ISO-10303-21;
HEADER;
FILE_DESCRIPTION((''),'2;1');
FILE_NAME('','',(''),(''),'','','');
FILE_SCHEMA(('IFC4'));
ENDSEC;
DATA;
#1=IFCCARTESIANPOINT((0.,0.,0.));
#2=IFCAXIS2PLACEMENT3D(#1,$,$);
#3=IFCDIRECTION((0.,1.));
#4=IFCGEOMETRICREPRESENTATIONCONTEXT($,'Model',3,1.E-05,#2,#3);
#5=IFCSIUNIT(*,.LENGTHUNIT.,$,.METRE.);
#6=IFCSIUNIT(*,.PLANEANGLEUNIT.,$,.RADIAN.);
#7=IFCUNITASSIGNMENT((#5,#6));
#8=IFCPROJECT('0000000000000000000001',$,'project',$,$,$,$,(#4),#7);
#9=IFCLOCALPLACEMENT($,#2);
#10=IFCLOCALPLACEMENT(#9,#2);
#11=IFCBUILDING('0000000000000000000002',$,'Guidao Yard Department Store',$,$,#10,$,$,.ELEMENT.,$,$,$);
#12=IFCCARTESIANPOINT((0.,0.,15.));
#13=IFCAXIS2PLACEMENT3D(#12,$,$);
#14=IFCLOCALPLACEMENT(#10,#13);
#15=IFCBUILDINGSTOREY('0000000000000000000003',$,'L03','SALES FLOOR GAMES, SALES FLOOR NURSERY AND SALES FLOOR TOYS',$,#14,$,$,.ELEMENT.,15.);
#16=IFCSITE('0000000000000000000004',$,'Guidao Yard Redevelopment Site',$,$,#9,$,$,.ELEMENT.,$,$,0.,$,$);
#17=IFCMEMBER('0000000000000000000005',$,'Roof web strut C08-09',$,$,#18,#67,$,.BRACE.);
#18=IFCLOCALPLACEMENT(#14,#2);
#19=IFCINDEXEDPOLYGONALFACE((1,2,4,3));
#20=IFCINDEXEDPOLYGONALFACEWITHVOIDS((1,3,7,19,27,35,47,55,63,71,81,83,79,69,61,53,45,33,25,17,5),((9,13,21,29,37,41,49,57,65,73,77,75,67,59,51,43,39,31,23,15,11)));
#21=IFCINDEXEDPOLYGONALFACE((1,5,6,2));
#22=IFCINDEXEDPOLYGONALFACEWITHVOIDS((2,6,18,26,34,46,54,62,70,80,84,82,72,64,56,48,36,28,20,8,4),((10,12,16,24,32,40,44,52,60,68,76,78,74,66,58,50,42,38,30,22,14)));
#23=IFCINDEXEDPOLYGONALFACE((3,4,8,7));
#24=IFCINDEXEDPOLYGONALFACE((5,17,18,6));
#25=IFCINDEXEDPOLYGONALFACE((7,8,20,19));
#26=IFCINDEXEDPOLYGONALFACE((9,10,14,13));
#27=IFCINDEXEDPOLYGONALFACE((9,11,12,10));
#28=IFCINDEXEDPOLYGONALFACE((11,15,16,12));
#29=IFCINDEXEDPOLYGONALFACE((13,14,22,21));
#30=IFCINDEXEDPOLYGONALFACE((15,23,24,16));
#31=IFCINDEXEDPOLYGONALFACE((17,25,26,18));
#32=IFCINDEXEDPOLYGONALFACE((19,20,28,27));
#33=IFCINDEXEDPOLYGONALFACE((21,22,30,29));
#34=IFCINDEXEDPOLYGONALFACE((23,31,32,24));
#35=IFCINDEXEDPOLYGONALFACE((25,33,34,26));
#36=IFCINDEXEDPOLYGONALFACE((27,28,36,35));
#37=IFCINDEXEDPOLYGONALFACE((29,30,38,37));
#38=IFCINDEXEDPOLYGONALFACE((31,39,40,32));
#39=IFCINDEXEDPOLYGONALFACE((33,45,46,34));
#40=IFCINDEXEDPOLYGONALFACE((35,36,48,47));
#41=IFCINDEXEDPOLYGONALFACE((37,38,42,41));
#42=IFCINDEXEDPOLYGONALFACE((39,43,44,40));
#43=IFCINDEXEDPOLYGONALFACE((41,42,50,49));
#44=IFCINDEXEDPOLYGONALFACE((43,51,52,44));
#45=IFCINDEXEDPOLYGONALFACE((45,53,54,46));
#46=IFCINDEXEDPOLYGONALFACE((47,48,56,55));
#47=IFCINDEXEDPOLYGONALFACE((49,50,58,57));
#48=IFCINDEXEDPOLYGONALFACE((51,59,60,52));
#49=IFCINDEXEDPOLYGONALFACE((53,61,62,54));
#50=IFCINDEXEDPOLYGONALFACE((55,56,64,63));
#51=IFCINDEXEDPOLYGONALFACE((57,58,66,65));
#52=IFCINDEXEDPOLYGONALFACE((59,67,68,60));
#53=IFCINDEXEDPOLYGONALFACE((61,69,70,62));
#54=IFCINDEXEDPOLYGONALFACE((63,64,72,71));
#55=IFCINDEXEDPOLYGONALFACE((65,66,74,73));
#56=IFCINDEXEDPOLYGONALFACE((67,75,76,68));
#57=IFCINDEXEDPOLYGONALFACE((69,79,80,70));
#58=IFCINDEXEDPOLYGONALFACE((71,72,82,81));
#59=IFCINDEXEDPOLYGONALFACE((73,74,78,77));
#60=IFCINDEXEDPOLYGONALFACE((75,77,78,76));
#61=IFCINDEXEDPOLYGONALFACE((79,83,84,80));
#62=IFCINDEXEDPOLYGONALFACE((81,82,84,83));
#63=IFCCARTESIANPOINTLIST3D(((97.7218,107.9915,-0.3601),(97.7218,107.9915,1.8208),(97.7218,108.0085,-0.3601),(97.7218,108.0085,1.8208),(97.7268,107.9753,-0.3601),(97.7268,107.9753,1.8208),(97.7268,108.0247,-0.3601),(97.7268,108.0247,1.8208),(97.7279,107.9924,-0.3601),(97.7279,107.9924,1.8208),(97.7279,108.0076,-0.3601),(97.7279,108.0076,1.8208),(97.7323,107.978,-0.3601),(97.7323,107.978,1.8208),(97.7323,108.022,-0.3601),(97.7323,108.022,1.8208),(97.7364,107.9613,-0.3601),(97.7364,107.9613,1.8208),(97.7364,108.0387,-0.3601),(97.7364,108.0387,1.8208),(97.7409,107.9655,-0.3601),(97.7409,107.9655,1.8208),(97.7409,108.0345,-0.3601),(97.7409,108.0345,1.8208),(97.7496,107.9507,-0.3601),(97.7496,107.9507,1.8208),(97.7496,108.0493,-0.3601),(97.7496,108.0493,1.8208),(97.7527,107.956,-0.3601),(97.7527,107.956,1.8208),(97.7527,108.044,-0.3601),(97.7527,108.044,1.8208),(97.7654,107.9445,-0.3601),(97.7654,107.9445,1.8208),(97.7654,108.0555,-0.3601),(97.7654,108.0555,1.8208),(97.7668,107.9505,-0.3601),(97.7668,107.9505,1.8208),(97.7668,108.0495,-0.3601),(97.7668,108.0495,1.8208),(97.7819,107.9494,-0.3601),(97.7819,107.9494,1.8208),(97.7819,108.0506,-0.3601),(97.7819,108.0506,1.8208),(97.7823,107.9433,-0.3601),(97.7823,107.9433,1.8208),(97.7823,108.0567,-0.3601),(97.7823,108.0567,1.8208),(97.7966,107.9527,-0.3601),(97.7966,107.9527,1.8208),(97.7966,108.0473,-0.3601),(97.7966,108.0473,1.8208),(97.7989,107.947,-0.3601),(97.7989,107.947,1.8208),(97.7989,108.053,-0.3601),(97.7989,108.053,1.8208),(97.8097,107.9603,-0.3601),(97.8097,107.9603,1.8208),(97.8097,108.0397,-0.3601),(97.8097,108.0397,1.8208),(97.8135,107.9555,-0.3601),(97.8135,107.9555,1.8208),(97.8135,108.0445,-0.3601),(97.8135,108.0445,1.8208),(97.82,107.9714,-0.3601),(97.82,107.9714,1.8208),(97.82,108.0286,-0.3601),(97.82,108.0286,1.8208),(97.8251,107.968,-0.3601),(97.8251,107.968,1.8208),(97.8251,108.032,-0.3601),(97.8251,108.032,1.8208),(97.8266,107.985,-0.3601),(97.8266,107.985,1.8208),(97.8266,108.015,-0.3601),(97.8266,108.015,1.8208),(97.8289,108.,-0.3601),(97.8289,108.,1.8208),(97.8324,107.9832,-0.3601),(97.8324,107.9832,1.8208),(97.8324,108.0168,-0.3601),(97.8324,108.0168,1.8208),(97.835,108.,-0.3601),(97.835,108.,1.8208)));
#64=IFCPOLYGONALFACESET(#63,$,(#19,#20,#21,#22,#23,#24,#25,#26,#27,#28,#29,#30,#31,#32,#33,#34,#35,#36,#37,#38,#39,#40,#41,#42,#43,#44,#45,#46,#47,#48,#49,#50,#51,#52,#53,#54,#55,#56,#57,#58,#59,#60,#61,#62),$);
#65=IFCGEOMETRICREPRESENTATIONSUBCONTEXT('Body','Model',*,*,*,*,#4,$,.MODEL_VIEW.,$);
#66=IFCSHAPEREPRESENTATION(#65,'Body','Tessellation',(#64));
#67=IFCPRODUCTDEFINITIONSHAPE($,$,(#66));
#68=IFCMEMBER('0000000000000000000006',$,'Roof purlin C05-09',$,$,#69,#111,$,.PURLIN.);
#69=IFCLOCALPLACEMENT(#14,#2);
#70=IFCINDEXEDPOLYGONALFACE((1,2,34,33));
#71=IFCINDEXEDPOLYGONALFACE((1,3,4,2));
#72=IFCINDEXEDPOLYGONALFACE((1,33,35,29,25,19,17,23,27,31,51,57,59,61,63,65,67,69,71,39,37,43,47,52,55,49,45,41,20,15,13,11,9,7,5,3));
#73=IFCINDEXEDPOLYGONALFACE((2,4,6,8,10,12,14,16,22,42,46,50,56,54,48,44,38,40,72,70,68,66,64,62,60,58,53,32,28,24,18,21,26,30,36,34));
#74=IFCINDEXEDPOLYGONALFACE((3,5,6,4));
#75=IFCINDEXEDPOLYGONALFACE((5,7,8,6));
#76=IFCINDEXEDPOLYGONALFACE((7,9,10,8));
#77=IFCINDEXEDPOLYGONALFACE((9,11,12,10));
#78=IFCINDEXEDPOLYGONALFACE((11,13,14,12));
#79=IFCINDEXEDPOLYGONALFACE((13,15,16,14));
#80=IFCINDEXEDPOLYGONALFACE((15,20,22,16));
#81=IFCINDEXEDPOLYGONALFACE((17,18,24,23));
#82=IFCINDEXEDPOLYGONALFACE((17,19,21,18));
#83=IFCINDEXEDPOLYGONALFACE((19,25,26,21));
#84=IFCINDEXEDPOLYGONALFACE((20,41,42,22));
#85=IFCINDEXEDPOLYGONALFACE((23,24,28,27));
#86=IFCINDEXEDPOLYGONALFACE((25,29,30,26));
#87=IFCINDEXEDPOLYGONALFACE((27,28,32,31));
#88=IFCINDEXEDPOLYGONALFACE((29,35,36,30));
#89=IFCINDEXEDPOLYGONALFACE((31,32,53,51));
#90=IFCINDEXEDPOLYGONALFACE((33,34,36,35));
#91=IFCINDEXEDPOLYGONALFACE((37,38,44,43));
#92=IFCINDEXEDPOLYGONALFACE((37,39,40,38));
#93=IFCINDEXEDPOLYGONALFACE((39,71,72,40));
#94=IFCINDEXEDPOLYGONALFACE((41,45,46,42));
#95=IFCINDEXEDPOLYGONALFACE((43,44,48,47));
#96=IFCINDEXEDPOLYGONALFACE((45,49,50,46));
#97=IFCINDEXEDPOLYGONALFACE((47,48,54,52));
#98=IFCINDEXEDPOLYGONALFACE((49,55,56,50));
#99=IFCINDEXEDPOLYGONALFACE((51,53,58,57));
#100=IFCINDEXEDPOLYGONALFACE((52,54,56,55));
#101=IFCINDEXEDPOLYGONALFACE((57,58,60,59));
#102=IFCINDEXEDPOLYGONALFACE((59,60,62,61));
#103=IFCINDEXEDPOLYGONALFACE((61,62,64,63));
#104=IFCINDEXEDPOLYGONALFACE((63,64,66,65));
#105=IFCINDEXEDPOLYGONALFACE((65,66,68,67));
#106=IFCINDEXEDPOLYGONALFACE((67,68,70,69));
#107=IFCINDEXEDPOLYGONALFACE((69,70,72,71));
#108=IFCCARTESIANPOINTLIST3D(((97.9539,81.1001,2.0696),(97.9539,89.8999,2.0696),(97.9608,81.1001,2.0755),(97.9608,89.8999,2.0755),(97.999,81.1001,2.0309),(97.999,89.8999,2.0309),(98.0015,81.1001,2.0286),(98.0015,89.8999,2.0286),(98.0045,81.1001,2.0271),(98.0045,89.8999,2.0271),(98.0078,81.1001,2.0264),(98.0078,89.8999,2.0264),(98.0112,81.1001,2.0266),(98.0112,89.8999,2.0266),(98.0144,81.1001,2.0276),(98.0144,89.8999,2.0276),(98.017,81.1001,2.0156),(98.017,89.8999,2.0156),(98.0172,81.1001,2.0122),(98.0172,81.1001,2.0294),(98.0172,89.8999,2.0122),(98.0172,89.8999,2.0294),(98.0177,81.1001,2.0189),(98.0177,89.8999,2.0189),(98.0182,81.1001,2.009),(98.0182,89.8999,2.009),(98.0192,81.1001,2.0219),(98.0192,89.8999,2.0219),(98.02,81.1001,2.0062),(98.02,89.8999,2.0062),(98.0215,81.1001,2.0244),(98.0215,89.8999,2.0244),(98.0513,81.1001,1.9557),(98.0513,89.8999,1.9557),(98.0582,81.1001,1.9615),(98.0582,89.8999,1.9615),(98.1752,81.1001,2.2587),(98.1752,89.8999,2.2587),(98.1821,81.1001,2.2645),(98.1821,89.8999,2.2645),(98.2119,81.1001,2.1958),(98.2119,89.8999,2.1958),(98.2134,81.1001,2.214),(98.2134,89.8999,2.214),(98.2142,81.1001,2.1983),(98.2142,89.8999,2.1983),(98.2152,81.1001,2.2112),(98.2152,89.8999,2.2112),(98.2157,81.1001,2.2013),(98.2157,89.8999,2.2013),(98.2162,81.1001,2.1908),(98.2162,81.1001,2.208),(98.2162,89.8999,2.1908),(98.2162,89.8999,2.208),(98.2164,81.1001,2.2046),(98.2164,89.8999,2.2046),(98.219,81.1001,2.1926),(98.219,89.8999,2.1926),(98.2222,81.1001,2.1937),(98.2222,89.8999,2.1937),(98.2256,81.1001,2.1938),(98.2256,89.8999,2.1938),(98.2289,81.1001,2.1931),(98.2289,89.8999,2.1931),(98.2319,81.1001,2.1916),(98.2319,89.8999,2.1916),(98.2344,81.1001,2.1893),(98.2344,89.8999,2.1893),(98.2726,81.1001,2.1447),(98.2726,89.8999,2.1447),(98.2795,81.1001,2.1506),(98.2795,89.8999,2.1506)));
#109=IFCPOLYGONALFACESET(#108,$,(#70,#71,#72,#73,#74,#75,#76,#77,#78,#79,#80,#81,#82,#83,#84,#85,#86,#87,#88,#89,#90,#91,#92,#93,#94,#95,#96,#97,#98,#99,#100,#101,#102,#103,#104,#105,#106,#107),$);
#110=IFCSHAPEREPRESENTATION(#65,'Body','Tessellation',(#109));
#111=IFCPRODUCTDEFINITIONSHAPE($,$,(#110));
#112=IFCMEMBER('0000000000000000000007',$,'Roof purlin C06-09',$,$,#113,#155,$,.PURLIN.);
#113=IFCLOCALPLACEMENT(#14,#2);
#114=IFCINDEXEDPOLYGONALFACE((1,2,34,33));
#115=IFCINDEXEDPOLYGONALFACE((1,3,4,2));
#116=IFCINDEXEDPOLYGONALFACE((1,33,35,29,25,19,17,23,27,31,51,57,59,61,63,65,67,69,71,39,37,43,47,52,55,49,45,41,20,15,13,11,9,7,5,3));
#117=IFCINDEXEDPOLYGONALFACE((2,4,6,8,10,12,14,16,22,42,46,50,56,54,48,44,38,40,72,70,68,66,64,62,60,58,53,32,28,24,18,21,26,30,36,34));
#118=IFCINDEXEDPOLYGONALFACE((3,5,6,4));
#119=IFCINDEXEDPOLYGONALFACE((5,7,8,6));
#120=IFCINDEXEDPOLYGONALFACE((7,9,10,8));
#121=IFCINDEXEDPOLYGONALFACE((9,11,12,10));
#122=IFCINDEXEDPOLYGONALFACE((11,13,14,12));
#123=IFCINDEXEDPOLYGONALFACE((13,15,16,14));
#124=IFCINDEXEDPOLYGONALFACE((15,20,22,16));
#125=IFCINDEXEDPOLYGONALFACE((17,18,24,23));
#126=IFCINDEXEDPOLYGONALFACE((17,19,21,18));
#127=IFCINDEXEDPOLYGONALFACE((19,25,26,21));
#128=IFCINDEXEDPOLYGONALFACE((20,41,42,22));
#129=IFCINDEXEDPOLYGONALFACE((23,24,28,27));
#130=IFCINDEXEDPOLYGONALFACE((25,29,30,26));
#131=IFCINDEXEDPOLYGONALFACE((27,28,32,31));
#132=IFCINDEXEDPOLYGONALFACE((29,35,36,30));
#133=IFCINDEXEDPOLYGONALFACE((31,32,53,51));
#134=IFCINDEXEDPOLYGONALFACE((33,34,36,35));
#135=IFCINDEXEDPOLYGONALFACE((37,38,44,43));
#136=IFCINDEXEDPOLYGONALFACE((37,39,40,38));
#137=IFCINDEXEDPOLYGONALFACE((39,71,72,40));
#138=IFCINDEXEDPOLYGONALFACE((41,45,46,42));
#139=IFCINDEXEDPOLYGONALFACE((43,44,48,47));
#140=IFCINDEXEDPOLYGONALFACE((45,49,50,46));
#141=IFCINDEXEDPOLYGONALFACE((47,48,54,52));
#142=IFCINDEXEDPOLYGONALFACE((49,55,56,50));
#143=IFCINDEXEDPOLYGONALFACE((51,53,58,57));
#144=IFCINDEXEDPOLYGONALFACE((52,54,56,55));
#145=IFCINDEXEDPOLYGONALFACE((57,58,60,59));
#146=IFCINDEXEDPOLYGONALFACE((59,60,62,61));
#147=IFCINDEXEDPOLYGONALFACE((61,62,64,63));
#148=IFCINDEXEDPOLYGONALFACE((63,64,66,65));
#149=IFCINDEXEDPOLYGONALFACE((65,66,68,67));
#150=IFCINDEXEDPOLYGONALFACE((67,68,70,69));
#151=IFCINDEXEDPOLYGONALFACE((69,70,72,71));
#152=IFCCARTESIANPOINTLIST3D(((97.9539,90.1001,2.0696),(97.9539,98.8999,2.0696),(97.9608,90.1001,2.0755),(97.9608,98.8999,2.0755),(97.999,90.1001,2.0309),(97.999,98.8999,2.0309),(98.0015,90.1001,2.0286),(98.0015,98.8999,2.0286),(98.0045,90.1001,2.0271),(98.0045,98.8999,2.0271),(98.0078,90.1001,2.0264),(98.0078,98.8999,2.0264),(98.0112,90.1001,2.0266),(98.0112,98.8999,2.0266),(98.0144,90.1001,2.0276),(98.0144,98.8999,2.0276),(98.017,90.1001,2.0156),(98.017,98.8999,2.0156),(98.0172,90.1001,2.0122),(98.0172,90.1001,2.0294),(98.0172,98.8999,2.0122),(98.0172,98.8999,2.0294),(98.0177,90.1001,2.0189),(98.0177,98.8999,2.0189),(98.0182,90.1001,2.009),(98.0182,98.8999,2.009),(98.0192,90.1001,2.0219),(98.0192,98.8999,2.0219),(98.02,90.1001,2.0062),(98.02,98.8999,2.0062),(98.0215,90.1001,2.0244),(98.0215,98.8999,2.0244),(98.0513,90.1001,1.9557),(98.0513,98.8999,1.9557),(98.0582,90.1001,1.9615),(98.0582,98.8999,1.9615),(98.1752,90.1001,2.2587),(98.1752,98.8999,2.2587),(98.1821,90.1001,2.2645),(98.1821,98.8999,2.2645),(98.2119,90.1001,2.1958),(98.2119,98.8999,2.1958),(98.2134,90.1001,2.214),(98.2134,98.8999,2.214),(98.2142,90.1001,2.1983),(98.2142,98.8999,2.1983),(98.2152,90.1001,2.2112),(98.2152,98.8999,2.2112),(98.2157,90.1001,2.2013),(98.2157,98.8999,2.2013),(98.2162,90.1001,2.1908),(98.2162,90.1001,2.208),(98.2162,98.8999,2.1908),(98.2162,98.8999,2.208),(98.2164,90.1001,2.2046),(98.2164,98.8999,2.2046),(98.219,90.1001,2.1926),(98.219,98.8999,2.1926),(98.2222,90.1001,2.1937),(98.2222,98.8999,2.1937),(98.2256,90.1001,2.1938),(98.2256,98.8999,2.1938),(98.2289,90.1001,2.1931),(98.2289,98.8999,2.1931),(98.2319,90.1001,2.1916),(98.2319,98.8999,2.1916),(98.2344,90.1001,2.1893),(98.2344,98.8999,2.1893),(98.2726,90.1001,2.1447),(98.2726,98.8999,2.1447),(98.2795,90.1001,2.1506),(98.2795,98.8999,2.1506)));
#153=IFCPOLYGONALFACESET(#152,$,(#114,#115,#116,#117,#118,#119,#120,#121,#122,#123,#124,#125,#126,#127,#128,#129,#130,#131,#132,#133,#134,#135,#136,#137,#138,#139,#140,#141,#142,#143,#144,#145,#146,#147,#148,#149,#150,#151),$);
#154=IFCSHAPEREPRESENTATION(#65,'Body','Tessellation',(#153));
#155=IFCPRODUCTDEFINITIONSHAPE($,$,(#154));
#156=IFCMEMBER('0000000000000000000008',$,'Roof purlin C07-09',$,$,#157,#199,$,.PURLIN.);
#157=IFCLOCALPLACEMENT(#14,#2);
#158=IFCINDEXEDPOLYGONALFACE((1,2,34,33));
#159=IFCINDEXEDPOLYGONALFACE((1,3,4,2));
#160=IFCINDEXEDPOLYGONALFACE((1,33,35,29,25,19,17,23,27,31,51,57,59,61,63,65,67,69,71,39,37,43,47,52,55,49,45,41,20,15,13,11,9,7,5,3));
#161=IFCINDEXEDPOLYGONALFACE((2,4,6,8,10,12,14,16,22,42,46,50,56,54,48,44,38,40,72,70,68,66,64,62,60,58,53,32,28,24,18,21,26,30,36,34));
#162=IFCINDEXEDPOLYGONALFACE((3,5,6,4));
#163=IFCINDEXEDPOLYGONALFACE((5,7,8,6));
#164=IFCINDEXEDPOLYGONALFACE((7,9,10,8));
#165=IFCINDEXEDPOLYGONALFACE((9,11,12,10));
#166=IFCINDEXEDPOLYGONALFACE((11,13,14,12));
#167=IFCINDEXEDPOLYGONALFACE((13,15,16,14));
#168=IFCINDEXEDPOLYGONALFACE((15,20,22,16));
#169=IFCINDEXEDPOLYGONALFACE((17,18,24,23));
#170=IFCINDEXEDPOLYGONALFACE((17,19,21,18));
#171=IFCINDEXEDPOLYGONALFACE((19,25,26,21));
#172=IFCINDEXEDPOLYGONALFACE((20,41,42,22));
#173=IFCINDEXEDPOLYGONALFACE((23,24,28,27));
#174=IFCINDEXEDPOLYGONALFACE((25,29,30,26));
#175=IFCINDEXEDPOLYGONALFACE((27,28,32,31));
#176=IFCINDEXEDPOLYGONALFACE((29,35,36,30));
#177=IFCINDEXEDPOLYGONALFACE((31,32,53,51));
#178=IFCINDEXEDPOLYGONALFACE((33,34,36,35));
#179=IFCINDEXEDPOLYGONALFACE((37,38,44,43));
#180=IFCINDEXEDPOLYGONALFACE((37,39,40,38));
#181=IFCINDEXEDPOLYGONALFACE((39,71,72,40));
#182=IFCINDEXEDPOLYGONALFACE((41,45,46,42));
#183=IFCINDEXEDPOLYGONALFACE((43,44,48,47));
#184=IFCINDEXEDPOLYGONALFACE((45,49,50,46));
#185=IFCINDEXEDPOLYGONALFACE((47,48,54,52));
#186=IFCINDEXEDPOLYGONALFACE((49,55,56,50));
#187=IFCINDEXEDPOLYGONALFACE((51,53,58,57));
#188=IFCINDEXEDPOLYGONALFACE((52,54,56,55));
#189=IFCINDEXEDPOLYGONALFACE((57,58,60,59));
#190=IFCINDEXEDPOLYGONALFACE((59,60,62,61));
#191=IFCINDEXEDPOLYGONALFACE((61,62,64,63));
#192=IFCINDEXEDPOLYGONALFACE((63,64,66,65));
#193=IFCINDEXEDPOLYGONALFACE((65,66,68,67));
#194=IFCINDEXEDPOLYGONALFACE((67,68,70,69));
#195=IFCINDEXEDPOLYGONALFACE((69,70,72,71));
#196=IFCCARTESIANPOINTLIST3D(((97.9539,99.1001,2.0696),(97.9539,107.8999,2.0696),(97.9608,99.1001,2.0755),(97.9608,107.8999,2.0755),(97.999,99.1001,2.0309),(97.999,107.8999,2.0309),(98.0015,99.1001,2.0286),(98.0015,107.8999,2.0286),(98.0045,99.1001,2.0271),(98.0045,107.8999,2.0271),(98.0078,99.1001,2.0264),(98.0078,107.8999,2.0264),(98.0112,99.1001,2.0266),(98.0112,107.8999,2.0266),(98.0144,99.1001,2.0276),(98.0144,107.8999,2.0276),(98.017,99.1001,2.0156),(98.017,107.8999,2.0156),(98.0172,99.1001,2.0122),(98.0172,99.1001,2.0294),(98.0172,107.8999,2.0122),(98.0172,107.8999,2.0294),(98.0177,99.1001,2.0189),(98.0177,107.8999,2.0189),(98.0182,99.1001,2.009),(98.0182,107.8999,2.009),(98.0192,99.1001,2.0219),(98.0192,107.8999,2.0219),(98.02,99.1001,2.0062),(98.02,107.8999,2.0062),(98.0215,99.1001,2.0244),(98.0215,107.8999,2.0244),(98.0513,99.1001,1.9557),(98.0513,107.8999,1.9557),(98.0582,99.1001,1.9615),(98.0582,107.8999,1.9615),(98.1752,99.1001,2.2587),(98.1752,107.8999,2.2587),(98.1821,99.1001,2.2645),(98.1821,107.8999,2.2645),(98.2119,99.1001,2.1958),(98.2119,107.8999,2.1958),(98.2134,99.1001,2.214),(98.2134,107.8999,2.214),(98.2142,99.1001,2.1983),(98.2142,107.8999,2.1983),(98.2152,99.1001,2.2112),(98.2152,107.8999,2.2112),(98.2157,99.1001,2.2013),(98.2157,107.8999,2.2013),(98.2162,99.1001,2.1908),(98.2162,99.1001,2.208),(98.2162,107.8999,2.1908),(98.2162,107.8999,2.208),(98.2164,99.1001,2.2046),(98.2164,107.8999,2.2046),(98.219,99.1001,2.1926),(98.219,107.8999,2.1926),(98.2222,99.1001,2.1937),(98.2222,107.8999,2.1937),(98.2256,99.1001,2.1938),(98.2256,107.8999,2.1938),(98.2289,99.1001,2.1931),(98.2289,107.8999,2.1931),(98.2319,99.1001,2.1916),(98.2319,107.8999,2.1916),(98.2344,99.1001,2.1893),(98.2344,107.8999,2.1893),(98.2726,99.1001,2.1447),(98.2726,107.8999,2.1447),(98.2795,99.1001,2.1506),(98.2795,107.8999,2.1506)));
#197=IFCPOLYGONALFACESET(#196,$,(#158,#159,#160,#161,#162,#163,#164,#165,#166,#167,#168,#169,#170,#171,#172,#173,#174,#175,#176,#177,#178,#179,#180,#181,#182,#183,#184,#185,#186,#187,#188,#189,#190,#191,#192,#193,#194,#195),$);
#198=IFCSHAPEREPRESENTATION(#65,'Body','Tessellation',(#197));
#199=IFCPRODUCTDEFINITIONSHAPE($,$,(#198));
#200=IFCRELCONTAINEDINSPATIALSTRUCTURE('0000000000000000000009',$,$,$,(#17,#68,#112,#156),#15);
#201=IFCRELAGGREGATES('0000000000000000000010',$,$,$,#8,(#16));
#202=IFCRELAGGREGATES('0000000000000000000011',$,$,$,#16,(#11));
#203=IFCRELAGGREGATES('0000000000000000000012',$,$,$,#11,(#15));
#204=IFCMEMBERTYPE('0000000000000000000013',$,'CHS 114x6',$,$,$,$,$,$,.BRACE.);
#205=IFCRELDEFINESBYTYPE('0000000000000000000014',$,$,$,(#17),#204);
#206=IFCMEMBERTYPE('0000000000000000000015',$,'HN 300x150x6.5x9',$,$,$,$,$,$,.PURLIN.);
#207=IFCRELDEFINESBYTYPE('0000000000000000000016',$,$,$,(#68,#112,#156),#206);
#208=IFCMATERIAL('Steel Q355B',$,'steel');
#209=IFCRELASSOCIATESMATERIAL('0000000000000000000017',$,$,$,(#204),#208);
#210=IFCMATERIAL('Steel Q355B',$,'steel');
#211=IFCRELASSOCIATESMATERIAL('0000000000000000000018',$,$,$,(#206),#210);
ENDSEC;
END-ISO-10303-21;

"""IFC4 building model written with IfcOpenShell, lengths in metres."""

from ifc_helpers import new_model, si_unit, direction, frame, origin, origin_2d, place, context, subcontext, project, spatial, hollow_circle, i_section, extrude, material, material_profile, profile_set, type_object, element, save


model = new_model("IFC4")

# Units and contexts
model_context = context("Model", 3, precision=1e-05, world=origin(), true_north=direction((0.0, 1.0)))
body_context = subcontext(model_context, "Body", "Model", "MODEL_VIEW")
ifc_project = project(units=[si_unit("LENGTHUNIT", "METRE"), si_unit("PLANEANGLEUNIT", "RADIAN")], contexts=[model_context])

# Site, building, storey
site_placement = place(None, origin())
site = spatial("IfcSite", under=ifc_project, at=site_placement, Name="Guidao Yard Redevelopment Site", CompositionType="ELEMENT", RefElevation=0.0)
building_placement = place(site_placement, origin())
building = spatial("IfcBuilding", under=site, at=building_placement, Name="Guidao Yard Department Store", CompositionType="ELEMENT")
storey_placement = place(building_placement, frame((0.0, 0.0, 15.0)))
storey = spatial("IfcBuildingStorey", under=building, at=storey_placement, Name="L03", Description="SALES FLOOR GAMES, SALES FLOOR NURSERY AND SALES FLOOR TOYS", CompositionType="ELEMENT", Elevation=15.0)

# Members
ifc_material_1 = material(Name="Steel Q355B", Category="steel")
ifc_material_profile_1 = material_profile(ifc_material_1, hollow_circle(Radius=0.0569, WallThickness=0.0061, at=origin_2d()), Name="CHS 114x6")
ifc_profile_set_1 = profile_set([ifc_material_profile_1], Name="Steel Q355B")
member_type_1 = type_object("IfcMemberType", Name="CHS 114x6", PredefinedType="BRACE", material=ifc_profile_set_1)
member_placement = place(storey_placement, frame((97.7781, 108.0, -0.3601), z_axis=(0.0, 0.0, 1.0), x_axis=(1.0, 0.0, 0.0)))
element("IfcMember", 1, at=member_placement, inside=storey, type_object=member_type_1, Name="Roof web strut C08-09", PredefinedType="BRACE", context=body_context, shape_type="SweptSolid", body=[
    extrude(hollow_circle(Radius=0.0569, WallThickness=0.0061, at=origin_2d()), origin(), (0.0, 0.0, 1.0), 2.1809),
])
ifc_material_2 = material(Name="Steel Q355B", Category="steel")
ifc_material_profile_2 = material_profile(ifc_material_2, i_section(OverallWidth=0.1499, OverallDepth=0.3, WebThickness=0.0066, FlangeThickness=0.009, FilletRadius=0.0129, at=origin_2d()), Name="HN 300x150x6.5x9")
ifc_profile_set_2 = profile_set([ifc_material_profile_2], Name="Steel Q355B")
member_type_2 = type_object("IfcMemberType", Name="HN 300x150x6.5x9", PredefinedType="PURLIN", material=ifc_profile_set_2)
for number, where, z_axis, x_axis, name in (
    (2, (98.1167, 81.1001, 2.1101), (0.0, 1.0, 0.0), (-0.649537, 0.0, 0.76033), "Roof purlin C05-09"),
    (3, (98.1167, 90.1001, 2.1101), (0.0, 1.0, 0.0), (-0.649537, 0.0, 0.76033), "Roof purlin C06-09"),
    (4, (98.1167, 99.1001, 2.1101), (0.0, 1.0, 0.0), (-0.649537, 0.0, 0.76033), "Roof purlin C07-09"),
):
    element("IfcMember", number, at=place(storey_placement, frame(where, z_axis=z_axis, x_axis=x_axis)), inside=storey, type_object=member_type_2, Name=name, PredefinedType="PURLIN", context=body_context, shape_type="SweptSolid", body=[
        extrude(i_section(OverallWidth=0.1499, OverallDepth=0.3, WebThickness=0.0066, FlangeThickness=0.009, FilletRadius=0.0129, at=origin_2d()), origin(), (0.0, 0.0, 1.0), 8.7998),
    ])

save(model, "model.ifc")
